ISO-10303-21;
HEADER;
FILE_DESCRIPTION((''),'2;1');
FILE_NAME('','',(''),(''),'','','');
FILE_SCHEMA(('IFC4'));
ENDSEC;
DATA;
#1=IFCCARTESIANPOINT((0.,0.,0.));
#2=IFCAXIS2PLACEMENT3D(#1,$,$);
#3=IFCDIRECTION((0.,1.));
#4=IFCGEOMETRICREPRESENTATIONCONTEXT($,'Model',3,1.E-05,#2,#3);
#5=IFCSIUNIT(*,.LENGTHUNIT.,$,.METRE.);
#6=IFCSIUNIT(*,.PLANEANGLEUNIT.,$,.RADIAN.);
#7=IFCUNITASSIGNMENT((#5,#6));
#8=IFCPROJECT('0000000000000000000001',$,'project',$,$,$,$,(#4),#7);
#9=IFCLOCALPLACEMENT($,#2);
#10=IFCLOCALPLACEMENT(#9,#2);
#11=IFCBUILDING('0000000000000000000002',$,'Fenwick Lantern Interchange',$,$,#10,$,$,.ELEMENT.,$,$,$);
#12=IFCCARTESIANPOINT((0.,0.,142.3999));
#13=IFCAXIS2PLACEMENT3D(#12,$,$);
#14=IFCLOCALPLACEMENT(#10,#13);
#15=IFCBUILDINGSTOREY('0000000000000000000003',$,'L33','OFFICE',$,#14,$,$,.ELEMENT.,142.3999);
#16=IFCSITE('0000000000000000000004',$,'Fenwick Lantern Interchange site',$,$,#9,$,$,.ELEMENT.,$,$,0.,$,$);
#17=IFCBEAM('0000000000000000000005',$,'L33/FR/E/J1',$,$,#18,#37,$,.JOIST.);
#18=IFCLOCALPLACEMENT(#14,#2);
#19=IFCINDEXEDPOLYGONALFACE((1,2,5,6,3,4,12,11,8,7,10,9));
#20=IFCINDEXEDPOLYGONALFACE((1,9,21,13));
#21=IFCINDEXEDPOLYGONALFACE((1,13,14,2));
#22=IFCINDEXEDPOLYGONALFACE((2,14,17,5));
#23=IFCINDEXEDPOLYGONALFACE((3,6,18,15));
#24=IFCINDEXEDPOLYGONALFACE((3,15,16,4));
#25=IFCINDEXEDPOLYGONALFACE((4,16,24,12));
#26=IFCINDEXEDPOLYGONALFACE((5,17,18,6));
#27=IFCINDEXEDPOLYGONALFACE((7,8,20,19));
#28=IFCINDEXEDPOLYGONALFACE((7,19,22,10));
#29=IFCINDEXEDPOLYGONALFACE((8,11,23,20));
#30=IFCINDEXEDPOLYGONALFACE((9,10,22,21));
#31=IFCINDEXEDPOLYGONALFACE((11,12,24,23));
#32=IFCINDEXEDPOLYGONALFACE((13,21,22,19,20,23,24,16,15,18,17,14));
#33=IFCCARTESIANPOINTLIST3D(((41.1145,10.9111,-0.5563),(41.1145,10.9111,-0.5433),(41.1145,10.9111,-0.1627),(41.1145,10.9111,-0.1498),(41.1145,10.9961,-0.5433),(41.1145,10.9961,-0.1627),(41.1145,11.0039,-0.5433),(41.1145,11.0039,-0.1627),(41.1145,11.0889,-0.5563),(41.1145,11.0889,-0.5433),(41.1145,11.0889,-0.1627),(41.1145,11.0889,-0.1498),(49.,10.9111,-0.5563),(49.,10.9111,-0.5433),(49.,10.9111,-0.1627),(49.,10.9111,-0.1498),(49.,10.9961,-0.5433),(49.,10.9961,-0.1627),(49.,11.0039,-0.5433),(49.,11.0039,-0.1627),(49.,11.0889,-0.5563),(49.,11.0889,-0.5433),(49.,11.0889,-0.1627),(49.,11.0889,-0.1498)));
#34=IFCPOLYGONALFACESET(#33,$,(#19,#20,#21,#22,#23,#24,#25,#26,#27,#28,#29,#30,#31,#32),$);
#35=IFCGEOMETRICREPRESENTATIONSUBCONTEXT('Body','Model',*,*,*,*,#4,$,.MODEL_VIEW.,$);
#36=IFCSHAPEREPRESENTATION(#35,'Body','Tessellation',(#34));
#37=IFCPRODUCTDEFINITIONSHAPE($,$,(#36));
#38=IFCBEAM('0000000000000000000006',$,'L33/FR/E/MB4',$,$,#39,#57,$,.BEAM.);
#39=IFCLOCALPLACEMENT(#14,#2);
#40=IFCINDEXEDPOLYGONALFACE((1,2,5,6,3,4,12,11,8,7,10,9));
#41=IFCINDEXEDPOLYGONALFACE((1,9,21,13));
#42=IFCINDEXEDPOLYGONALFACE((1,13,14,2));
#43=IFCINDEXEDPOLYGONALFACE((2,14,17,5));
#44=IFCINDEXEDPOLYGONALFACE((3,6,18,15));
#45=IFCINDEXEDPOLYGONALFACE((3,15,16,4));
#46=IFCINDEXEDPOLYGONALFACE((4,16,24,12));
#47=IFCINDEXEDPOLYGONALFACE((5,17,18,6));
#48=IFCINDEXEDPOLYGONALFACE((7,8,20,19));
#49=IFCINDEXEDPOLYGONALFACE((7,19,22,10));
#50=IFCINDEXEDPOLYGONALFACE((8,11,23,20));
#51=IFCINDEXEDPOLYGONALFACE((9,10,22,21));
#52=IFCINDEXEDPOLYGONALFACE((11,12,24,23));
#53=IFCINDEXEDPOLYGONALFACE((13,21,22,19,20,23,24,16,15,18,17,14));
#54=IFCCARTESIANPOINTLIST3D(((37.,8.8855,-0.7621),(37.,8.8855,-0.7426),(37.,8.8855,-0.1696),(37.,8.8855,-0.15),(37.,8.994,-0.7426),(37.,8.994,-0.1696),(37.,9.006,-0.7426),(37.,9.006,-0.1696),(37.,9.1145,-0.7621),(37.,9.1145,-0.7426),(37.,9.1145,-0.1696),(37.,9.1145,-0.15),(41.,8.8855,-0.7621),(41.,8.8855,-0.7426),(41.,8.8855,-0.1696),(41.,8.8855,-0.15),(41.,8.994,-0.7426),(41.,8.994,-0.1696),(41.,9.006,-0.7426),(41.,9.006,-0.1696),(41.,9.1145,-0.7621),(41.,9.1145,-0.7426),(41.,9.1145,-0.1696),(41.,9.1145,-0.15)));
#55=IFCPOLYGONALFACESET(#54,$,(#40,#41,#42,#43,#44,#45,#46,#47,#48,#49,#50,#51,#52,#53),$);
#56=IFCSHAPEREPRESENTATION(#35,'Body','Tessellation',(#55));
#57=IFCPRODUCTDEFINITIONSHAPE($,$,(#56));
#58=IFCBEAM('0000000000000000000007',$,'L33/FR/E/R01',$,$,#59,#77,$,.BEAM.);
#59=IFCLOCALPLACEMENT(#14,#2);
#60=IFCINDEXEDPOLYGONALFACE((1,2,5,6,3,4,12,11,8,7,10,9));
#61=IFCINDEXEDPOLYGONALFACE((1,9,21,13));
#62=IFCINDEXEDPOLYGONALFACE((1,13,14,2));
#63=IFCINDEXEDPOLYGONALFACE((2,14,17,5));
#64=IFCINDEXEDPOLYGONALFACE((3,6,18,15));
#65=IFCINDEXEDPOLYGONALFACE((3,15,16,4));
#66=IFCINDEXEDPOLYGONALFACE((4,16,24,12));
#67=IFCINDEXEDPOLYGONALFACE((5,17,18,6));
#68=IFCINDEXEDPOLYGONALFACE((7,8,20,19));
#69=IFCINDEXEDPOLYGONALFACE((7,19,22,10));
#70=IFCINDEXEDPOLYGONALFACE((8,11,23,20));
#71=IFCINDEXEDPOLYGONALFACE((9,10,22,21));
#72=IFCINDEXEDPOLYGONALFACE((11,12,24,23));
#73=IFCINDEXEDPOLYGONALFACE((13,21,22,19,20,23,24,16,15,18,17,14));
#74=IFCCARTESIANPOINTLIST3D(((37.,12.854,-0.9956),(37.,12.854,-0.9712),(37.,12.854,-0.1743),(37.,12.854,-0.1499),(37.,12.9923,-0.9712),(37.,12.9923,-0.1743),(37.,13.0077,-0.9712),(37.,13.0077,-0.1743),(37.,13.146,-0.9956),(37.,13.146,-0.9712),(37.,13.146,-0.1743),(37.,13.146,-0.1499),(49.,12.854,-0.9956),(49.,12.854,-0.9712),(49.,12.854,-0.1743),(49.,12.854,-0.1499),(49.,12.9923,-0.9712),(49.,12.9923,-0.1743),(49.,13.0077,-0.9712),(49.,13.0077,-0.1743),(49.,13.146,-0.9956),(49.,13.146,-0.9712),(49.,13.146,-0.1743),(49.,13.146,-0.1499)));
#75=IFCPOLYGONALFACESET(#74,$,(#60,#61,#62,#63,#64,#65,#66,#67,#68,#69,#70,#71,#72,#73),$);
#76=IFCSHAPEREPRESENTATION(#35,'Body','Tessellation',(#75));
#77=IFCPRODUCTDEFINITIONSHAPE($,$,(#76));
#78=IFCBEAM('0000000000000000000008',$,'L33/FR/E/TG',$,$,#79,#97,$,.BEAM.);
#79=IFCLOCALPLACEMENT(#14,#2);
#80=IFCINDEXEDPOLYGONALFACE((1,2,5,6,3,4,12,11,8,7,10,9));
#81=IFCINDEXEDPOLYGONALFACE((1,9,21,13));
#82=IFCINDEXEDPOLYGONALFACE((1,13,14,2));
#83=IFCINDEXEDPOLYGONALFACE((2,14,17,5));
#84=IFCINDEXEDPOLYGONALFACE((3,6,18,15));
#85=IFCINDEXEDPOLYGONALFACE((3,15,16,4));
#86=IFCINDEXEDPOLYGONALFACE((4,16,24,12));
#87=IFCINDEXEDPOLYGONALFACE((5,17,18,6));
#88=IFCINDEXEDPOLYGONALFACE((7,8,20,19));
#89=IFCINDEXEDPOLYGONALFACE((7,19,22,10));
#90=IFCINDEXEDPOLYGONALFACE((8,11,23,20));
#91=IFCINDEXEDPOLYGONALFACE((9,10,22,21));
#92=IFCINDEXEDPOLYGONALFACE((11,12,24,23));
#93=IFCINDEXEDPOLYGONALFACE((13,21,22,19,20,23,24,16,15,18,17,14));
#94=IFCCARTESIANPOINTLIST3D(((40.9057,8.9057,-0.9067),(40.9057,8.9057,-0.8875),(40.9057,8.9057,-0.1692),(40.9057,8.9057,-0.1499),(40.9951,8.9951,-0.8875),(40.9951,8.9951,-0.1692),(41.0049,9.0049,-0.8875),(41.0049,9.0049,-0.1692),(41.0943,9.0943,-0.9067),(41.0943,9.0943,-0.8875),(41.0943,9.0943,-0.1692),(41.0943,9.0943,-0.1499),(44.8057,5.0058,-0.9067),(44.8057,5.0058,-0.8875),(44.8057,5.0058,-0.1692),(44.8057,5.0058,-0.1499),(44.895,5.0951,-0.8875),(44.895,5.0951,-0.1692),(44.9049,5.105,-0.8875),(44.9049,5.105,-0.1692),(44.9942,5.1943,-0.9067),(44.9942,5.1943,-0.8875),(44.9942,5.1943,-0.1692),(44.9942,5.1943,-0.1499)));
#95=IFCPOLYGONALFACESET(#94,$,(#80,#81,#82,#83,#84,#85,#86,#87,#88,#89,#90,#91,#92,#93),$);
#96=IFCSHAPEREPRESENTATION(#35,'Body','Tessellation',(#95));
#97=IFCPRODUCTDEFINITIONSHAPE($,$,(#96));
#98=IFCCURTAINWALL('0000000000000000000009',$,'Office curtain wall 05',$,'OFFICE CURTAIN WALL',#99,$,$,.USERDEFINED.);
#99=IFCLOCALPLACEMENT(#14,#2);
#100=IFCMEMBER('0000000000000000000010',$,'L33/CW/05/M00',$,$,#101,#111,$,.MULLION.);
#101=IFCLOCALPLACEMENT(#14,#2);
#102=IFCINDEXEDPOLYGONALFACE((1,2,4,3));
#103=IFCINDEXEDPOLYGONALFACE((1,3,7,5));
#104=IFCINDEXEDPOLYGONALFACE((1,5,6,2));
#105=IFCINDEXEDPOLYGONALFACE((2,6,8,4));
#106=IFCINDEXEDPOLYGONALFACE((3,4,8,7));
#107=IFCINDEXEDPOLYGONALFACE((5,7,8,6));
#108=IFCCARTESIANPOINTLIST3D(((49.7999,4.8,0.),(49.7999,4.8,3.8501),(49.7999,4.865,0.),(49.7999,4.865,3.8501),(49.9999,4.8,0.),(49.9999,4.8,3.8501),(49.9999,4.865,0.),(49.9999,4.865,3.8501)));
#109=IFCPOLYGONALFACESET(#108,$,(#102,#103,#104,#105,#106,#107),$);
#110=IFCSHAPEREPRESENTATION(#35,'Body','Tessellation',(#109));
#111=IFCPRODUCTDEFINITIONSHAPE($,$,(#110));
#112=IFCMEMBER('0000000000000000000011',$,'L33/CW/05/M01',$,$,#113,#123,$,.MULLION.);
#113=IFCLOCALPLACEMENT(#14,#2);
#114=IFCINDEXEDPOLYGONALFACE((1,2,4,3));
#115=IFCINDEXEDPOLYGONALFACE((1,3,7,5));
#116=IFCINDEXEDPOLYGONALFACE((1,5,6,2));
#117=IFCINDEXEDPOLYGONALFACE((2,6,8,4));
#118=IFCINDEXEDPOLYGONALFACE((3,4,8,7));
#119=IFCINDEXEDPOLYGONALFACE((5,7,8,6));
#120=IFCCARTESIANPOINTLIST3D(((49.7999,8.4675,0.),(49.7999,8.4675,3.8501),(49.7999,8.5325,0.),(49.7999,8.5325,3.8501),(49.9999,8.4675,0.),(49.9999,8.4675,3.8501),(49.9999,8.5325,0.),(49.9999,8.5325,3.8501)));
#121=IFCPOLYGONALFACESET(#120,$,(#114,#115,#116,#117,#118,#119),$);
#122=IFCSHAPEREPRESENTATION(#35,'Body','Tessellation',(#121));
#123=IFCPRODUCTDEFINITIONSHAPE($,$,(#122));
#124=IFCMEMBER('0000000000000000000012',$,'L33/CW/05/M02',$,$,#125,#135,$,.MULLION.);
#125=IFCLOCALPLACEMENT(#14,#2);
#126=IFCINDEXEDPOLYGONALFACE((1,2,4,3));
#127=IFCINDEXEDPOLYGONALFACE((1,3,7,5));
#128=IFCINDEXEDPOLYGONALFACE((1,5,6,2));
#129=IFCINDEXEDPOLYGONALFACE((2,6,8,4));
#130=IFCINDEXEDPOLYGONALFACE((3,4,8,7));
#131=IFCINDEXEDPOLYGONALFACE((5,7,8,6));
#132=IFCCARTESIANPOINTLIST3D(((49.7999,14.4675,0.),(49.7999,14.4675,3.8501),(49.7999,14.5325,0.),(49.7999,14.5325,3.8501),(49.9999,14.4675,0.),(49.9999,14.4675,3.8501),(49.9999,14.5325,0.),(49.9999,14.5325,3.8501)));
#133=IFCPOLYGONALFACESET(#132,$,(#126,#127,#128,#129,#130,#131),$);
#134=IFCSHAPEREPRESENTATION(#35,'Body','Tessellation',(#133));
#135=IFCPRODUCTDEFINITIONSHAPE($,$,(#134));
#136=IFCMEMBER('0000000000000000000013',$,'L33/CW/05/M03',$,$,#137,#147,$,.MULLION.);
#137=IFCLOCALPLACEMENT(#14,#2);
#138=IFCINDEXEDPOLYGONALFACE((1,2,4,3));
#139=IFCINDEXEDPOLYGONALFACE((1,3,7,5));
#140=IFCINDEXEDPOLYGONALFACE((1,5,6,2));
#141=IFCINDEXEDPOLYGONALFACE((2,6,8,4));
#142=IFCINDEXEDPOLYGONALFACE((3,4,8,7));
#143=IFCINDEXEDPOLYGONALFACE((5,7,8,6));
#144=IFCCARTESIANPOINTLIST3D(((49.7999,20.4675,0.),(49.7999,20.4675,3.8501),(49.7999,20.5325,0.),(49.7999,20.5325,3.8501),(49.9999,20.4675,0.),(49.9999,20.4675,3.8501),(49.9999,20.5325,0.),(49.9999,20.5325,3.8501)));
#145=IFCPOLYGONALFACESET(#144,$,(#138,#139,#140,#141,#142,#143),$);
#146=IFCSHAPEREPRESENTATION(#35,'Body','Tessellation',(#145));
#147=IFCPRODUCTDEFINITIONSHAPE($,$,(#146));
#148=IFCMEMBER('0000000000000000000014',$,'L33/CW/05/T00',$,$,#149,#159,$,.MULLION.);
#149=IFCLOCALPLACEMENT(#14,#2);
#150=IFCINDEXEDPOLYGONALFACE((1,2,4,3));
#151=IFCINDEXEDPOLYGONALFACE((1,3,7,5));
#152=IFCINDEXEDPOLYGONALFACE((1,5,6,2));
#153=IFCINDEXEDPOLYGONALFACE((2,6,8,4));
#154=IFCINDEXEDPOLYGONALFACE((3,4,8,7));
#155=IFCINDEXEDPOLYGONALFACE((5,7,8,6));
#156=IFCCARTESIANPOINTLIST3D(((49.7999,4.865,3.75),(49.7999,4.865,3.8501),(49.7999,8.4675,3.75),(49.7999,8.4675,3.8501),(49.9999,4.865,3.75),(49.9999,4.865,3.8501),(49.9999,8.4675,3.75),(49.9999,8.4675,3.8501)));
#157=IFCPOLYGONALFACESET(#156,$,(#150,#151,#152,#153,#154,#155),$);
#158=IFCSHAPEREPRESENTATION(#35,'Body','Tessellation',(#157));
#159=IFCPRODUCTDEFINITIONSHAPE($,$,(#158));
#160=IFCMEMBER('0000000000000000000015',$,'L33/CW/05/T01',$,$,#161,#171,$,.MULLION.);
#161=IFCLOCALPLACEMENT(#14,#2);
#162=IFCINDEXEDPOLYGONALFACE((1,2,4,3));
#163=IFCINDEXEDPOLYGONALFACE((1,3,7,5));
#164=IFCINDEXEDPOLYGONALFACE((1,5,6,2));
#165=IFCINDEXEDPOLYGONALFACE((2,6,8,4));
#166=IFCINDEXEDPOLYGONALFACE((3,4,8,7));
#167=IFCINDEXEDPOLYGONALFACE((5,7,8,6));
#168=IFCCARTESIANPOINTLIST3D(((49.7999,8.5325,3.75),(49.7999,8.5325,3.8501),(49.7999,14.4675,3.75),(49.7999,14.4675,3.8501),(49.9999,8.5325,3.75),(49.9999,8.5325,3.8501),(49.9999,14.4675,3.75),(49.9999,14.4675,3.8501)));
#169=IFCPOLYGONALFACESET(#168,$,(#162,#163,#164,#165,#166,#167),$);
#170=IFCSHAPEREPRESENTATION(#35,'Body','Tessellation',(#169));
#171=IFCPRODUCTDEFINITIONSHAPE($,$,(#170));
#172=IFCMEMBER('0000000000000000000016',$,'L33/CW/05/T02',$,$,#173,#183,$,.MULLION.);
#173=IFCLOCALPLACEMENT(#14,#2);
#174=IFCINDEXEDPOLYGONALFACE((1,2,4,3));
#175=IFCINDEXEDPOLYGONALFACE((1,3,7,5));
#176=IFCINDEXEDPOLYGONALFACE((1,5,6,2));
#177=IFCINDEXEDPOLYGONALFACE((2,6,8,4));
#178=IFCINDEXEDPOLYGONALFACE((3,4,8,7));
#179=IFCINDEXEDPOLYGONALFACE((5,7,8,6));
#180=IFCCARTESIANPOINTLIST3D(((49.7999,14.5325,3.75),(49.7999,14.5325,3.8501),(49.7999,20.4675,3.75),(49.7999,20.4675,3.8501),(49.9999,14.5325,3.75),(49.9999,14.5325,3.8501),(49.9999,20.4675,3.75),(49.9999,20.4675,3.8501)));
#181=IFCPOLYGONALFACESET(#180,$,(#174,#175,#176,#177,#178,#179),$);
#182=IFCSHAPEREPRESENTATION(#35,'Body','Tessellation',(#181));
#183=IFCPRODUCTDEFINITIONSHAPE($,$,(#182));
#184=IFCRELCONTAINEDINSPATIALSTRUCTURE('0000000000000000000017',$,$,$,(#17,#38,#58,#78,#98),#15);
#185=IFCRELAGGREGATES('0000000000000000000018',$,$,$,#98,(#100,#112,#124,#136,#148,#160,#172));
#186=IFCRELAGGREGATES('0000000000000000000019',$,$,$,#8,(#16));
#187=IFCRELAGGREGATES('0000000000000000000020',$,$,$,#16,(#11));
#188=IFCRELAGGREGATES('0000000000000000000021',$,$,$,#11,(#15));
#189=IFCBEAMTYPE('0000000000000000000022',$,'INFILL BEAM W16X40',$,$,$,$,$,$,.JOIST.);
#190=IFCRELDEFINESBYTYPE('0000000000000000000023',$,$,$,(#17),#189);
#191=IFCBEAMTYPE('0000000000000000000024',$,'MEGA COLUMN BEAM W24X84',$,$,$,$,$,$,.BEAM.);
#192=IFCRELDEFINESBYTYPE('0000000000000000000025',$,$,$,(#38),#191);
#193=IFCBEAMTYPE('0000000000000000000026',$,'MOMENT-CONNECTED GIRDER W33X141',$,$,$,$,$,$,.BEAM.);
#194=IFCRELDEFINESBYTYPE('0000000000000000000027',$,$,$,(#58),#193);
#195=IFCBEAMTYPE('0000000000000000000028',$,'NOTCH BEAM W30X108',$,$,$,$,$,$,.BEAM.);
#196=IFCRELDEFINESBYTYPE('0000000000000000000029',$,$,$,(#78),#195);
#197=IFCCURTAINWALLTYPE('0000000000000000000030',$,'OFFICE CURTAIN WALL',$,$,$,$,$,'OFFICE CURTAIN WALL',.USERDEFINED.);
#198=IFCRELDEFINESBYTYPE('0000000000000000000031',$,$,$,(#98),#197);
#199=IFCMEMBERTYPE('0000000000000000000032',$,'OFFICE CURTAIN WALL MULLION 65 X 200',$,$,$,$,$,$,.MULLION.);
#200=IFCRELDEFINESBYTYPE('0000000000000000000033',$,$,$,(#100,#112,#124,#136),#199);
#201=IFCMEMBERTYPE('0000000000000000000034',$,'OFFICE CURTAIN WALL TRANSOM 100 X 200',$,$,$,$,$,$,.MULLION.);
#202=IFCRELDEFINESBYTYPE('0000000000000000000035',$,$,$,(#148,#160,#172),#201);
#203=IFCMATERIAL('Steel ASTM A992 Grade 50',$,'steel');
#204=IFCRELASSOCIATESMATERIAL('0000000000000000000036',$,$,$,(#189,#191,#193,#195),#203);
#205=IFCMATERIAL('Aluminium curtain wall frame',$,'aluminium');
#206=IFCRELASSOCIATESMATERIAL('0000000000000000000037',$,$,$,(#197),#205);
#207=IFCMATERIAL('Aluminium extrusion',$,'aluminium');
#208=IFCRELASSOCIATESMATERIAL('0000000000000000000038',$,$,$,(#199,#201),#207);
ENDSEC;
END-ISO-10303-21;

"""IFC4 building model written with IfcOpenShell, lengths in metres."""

from ifc_helpers import new_model, si_unit, direction, frame, origin, origin_2d, place, context, subcontext, project, spatial, rectangle, i_section, extrude, material, material_profile, profile_set, type_object, element, aggregate, save


model = new_model("IFC4")

# Units and contexts
model_context = context("Model", 3, precision=1e-05, world=origin(), true_north=direction((0.0, 1.0)))
body_context = subcontext(model_context, "Body", "Model", "MODEL_VIEW")
ifc_project = project(units=[si_unit("LENGTHUNIT", "METRE"), si_unit("PLANEANGLEUNIT", "RADIAN")], contexts=[model_context])

# Site, building, storey
site_placement = place(None, origin())
site = spatial("IfcSite", under=ifc_project, at=site_placement, Name="Fenwick Lantern Interchange site", CompositionType="ELEMENT", RefElevation=0.0)
building_placement = place(site_placement, origin())
building = spatial("IfcBuilding", under=site, at=building_placement, Name="Fenwick Lantern Interchange", CompositionType="ELEMENT")
storey_placement = place(building_placement, frame((0.0, 0.0, 142.3999)))
storey = spatial("IfcBuildingStorey", under=building, at=storey_placement, Name="L33", Description="OFFICE", CompositionType="ELEMENT", Elevation=142.3999)

# Shared definitions
ifc_material_1 = material(Name="Steel ASTM A992 Grade 50", Category="steel")

# Beams
ifc_material_profile_1 = material_profile(ifc_material_1, i_section(OverallWidth=0.1777, OverallDepth=0.4065, WebThickness=0.0078, FlangeThickness=0.0129, at=origin_2d()), Name="W16X40")
ifc_profile_set_1 = profile_set([ifc_material_profile_1], Name="Steel ASTM A992 Grade 50")
beam_type_1 = type_object("IfcBeamType", Name="INFILL BEAM W16X40", PredefinedType="JOIST", material=ifc_profile_set_1)
beam_1_placement = place(storey_placement, frame((49.0, 11.0, -0.353), z_axis=(-1.0, 0.0, 0.0), x_axis=(0.0, -1.0, 0.0)))
element("IfcBeam", 1, at=beam_1_placement, inside=storey, type_object=beam_type_1, Name="L33/FR/E/J1", PredefinedType="JOIST", context=body_context, shape_type="SweptSolid", body=[
    extrude(i_section(OverallWidth=0.1777, OverallDepth=0.4065, WebThickness=0.0078, FlangeThickness=0.0129, at=origin_2d()), origin(), (0.0, 0.0, 1.0), 7.8855),
])
ifc_material_profile_2 = material_profile(ifc_material_1, i_section(OverallWidth=0.229, OverallDepth=0.6121, WebThickness=0.012, FlangeThickness=0.0195, at=origin_2d()), Name="W24X84")
ifc_profile_set_2 = profile_set([ifc_material_profile_2], Name="Steel ASTM A992 Grade 50")
beam_type_2 = type_object("IfcBeamType", Name="MEGA COLUMN BEAM W24X84", PredefinedType="BEAM", material=ifc_profile_set_2)
beam_2_placement = place(storey_placement, frame((41.0, 9.0, -0.4561), z_axis=(-1.0, 0.0, 0.0), x_axis=(0.0, -1.0, 0.0)))
element("IfcBeam", 2, at=beam_2_placement, inside=storey, type_object=beam_type_2, Name="L33/FR/E/MB4", PredefinedType="BEAM", context=body_context, shape_type="SweptSolid", body=[
    extrude(i_section(OverallWidth=0.229, OverallDepth=0.6121, WebThickness=0.012, FlangeThickness=0.0195, at=origin_2d()), origin(), (0.0, 0.0, 1.0), 4.0),
])
ifc_material_profile_3 = material_profile(ifc_material_1, i_section(OverallWidth=0.292, OverallDepth=0.8457, WebThickness=0.0154, FlangeThickness=0.0244, at=origin_2d()), Name="W33X141")
ifc_profile_set_3 = profile_set([ifc_material_profile_3], Name="Steel ASTM A992 Grade 50")
beam_type_3 = type_object("IfcBeamType", Name="MOMENT-CONNECTED GIRDER W33X141", PredefinedType="BEAM", material=ifc_profile_set_3)
beam_3_placement = place(storey_placement, frame((49.0, 13.0, -0.5728), z_axis=(-1.0, 0.0, 0.0), x_axis=(0.0, -1.0, 0.0)))
element("IfcBeam", 3, at=beam_3_placement, inside=storey, type_object=beam_type_3, Name="L33/FR/E/R01", PredefinedType="BEAM", context=body_context, shape_type="SweptSolid", body=[
    extrude(i_section(OverallWidth=0.292, OverallDepth=0.8457, WebThickness=0.0154, FlangeThickness=0.0244, at=origin_2d()), origin(), (0.0, 0.0, 1.0), 12.0),
])
ifc_material_profile_4 = material_profile(ifc_material_1, i_section(OverallWidth=0.2666, OverallDepth=0.7568, WebThickness=0.0139, FlangeThickness=0.0193, at=origin_2d()), Name="W30X108")
ifc_profile_set_4 = profile_set([ifc_material_profile_4], Name="Steel ASTM A992 Grade 50")
beam_type_4 = type_object("IfcBeamType", Name="NOTCH BEAM W30X108", PredefinedType="BEAM", material=ifc_profile_set_4)
beam_4_placement = place(storey_placement, frame((41.0, 9.0, -0.5283), z_axis=(0.707107, -0.707107, 0.0), x_axis=(0.707107, 0.707107, 0.0)))
element("IfcBeam", 4, at=beam_4_placement, inside=storey, type_object=beam_type_4, Name="L33/FR/E/TG", PredefinedType="BEAM", context=body_context, shape_type="SweptSolid", body=[
    extrude(i_section(OverallWidth=0.2666, OverallDepth=0.7568, WebThickness=0.0139, FlangeThickness=0.0193, at=origin_2d()), origin(), (0.0, 0.0, 1.0), 5.5154),
])

# Curtain wall, members
ifc_material_2 = material(Name="Aluminium curtain wall frame", Category="aluminium")
curtain_wall_type = type_object("IfcCurtainWallType", Name="OFFICE CURTAIN WALL", ElementType="OFFICE CURTAIN WALL", PredefinedType="USERDEFINED", material=ifc_material_2)
curtain_wall_placement = place(storey_placement, origin())
curtain_wall = element("IfcCurtainWall", 5, at=curtain_wall_placement, inside=storey, type_object=curtain_wall_type, Name="Office curtain wall 05", ObjectType="OFFICE CURTAIN WALL", PredefinedType="USERDEFINED")
ifc_material_3 = material(Name="Aluminium extrusion", Category="aluminium")
ifc_material_profile_5 = material_profile(ifc_material_3, rectangle(XDim=0.2, YDim=0.0649, at=origin_2d()), Name="OFFICE CURTAIN WALL MULLION 65 X 200")
ifc_profile_set_5 = profile_set([ifc_material_profile_5], Name="Aluminium extrusion")
member_type_1 = type_object("IfcMemberType", Name="OFFICE CURTAIN WALL MULLION 65 X 200", PredefinedType="MULLION", material=ifc_profile_set_5)
member_1_placement = place(storey_placement, frame((49.8999, 4.8325, 0.0), z_axis=(0.0, 0.0, 1.0), x_axis=(-1.0, 0.0, 0.0)))
member_1 = element("IfcMember", 6, at=member_1_placement, type_object=member_type_1, Name="L33/CW/05/M00", PredefinedType="MULLION", context=body_context, shape_type="SweptSolid", body=[
    extrude(rectangle(XDim=0.2, YDim=0.0649, at=origin_2d()), origin(), (0.0, 0.0, 1.0), 3.8501),
])
member_2_placement = place(storey_placement, frame((49.8999, 8.5, 0.0), z_axis=(0.0, 0.0, 1.0), x_axis=(-1.0, 0.0, 0.0)))
member_2 = element("IfcMember", 7, at=member_2_placement, type_object=member_type_1, Name="L33/CW/05/M01", PredefinedType="MULLION", context=body_context, shape_type="SweptSolid", body=[
    extrude(rectangle(XDim=0.2, YDim=0.0649, at=origin_2d()), origin(), (0.0, 0.0, 1.0), 3.8501),
])
member_3_placement = place(storey_placement, frame((49.8999, 14.5, 0.0), z_axis=(0.0, 0.0, 1.0), x_axis=(-1.0, 0.0, 0.0)))
member_3 = element("IfcMember", 8, at=member_3_placement, type_object=member_type_1, Name="L33/CW/05/M02", PredefinedType="MULLION", context=body_context, shape_type="SweptSolid", body=[
    extrude(rectangle(XDim=0.2, YDim=0.0649, at=origin_2d()), origin(), (0.0, 0.0, 1.0), 3.8501),
])
member_4_placement = place(storey_placement, frame((49.8999, 20.5, 0.0), z_axis=(0.0, 0.0, 1.0), x_axis=(-1.0, 0.0, 0.0)))
member_4 = element("IfcMember", 9, at=member_4_placement, type_object=member_type_1, Name="L33/CW/05/M03", PredefinedType="MULLION", context=body_context, shape_type="SweptSolid", body=[
    extrude(rectangle(XDim=0.2, YDim=0.0649, at=origin_2d()), origin(), (0.0, 0.0, 1.0), 3.8501),
])
ifc_material_profile_6 = material_profile(ifc_material_3, rectangle(XDim=0.2, YDim=0.1001, at=origin_2d()), Name="OFFICE CURTAIN WALL TRANSOM 100 X 200")
ifc_profile_set_6 = profile_set([ifc_material_profile_6], Name="Aluminium extrusion")
member_type_2 = type_object("IfcMemberType", Name="OFFICE CURTAIN WALL TRANSOM 100 X 200", PredefinedType="MULLION", material=ifc_profile_set_6)
member_5_placement = place(storey_placement, frame((49.8999, 4.865, 3.8), z_axis=(0.0, 1.0, 0.0), x_axis=(-1.0, 0.0, 0.0)))
member_5 = element("IfcMember", 10, at=member_5_placement, type_object=member_type_2, Name="L33/CW/05/T00", PredefinedType="MULLION", context=body_context, shape_type="SweptSolid", body=[
    extrude(rectangle(XDim=0.2, YDim=0.1001, at=origin_2d()), origin(), (0.0, 0.0, 1.0), 3.6025),
])
member_6_placement = place(storey_placement, frame((49.8999, 8.5325, 3.8), z_axis=(0.0, 1.0, 0.0), x_axis=(-1.0, 0.0, 0.0)))
member_6 = element("IfcMember", 11, at=member_6_placement, type_object=member_type_2, Name="L33/CW/05/T01", PredefinedType="MULLION", context=body_context, shape_type="SweptSolid", body=[
    extrude(rectangle(XDim=0.2, YDim=0.1001, at=origin_2d()), origin(), (0.0, 0.0, 1.0), 5.9351),
])
member_7_placement = place(storey_placement, frame((49.8999, 14.5325, 3.8), z_axis=(0.0, 1.0, 0.0), x_axis=(-1.0, 0.0, 0.0)))
member_7 = element("IfcMember", 12, at=member_7_placement, type_object=member_type_2, Name="L33/CW/05/T02", PredefinedType="MULLION", context=body_context, shape_type="SweptSolid", body=[
    extrude(rectangle(XDim=0.2, YDim=0.1001, at=origin_2d()), origin(), (0.0, 0.0, 1.0), 5.9351),
])
aggregate(curtain_wall, [member_1, member_2, member_3, member_4, member_5, member_6, member_7])

save(model, "model.ifc")
